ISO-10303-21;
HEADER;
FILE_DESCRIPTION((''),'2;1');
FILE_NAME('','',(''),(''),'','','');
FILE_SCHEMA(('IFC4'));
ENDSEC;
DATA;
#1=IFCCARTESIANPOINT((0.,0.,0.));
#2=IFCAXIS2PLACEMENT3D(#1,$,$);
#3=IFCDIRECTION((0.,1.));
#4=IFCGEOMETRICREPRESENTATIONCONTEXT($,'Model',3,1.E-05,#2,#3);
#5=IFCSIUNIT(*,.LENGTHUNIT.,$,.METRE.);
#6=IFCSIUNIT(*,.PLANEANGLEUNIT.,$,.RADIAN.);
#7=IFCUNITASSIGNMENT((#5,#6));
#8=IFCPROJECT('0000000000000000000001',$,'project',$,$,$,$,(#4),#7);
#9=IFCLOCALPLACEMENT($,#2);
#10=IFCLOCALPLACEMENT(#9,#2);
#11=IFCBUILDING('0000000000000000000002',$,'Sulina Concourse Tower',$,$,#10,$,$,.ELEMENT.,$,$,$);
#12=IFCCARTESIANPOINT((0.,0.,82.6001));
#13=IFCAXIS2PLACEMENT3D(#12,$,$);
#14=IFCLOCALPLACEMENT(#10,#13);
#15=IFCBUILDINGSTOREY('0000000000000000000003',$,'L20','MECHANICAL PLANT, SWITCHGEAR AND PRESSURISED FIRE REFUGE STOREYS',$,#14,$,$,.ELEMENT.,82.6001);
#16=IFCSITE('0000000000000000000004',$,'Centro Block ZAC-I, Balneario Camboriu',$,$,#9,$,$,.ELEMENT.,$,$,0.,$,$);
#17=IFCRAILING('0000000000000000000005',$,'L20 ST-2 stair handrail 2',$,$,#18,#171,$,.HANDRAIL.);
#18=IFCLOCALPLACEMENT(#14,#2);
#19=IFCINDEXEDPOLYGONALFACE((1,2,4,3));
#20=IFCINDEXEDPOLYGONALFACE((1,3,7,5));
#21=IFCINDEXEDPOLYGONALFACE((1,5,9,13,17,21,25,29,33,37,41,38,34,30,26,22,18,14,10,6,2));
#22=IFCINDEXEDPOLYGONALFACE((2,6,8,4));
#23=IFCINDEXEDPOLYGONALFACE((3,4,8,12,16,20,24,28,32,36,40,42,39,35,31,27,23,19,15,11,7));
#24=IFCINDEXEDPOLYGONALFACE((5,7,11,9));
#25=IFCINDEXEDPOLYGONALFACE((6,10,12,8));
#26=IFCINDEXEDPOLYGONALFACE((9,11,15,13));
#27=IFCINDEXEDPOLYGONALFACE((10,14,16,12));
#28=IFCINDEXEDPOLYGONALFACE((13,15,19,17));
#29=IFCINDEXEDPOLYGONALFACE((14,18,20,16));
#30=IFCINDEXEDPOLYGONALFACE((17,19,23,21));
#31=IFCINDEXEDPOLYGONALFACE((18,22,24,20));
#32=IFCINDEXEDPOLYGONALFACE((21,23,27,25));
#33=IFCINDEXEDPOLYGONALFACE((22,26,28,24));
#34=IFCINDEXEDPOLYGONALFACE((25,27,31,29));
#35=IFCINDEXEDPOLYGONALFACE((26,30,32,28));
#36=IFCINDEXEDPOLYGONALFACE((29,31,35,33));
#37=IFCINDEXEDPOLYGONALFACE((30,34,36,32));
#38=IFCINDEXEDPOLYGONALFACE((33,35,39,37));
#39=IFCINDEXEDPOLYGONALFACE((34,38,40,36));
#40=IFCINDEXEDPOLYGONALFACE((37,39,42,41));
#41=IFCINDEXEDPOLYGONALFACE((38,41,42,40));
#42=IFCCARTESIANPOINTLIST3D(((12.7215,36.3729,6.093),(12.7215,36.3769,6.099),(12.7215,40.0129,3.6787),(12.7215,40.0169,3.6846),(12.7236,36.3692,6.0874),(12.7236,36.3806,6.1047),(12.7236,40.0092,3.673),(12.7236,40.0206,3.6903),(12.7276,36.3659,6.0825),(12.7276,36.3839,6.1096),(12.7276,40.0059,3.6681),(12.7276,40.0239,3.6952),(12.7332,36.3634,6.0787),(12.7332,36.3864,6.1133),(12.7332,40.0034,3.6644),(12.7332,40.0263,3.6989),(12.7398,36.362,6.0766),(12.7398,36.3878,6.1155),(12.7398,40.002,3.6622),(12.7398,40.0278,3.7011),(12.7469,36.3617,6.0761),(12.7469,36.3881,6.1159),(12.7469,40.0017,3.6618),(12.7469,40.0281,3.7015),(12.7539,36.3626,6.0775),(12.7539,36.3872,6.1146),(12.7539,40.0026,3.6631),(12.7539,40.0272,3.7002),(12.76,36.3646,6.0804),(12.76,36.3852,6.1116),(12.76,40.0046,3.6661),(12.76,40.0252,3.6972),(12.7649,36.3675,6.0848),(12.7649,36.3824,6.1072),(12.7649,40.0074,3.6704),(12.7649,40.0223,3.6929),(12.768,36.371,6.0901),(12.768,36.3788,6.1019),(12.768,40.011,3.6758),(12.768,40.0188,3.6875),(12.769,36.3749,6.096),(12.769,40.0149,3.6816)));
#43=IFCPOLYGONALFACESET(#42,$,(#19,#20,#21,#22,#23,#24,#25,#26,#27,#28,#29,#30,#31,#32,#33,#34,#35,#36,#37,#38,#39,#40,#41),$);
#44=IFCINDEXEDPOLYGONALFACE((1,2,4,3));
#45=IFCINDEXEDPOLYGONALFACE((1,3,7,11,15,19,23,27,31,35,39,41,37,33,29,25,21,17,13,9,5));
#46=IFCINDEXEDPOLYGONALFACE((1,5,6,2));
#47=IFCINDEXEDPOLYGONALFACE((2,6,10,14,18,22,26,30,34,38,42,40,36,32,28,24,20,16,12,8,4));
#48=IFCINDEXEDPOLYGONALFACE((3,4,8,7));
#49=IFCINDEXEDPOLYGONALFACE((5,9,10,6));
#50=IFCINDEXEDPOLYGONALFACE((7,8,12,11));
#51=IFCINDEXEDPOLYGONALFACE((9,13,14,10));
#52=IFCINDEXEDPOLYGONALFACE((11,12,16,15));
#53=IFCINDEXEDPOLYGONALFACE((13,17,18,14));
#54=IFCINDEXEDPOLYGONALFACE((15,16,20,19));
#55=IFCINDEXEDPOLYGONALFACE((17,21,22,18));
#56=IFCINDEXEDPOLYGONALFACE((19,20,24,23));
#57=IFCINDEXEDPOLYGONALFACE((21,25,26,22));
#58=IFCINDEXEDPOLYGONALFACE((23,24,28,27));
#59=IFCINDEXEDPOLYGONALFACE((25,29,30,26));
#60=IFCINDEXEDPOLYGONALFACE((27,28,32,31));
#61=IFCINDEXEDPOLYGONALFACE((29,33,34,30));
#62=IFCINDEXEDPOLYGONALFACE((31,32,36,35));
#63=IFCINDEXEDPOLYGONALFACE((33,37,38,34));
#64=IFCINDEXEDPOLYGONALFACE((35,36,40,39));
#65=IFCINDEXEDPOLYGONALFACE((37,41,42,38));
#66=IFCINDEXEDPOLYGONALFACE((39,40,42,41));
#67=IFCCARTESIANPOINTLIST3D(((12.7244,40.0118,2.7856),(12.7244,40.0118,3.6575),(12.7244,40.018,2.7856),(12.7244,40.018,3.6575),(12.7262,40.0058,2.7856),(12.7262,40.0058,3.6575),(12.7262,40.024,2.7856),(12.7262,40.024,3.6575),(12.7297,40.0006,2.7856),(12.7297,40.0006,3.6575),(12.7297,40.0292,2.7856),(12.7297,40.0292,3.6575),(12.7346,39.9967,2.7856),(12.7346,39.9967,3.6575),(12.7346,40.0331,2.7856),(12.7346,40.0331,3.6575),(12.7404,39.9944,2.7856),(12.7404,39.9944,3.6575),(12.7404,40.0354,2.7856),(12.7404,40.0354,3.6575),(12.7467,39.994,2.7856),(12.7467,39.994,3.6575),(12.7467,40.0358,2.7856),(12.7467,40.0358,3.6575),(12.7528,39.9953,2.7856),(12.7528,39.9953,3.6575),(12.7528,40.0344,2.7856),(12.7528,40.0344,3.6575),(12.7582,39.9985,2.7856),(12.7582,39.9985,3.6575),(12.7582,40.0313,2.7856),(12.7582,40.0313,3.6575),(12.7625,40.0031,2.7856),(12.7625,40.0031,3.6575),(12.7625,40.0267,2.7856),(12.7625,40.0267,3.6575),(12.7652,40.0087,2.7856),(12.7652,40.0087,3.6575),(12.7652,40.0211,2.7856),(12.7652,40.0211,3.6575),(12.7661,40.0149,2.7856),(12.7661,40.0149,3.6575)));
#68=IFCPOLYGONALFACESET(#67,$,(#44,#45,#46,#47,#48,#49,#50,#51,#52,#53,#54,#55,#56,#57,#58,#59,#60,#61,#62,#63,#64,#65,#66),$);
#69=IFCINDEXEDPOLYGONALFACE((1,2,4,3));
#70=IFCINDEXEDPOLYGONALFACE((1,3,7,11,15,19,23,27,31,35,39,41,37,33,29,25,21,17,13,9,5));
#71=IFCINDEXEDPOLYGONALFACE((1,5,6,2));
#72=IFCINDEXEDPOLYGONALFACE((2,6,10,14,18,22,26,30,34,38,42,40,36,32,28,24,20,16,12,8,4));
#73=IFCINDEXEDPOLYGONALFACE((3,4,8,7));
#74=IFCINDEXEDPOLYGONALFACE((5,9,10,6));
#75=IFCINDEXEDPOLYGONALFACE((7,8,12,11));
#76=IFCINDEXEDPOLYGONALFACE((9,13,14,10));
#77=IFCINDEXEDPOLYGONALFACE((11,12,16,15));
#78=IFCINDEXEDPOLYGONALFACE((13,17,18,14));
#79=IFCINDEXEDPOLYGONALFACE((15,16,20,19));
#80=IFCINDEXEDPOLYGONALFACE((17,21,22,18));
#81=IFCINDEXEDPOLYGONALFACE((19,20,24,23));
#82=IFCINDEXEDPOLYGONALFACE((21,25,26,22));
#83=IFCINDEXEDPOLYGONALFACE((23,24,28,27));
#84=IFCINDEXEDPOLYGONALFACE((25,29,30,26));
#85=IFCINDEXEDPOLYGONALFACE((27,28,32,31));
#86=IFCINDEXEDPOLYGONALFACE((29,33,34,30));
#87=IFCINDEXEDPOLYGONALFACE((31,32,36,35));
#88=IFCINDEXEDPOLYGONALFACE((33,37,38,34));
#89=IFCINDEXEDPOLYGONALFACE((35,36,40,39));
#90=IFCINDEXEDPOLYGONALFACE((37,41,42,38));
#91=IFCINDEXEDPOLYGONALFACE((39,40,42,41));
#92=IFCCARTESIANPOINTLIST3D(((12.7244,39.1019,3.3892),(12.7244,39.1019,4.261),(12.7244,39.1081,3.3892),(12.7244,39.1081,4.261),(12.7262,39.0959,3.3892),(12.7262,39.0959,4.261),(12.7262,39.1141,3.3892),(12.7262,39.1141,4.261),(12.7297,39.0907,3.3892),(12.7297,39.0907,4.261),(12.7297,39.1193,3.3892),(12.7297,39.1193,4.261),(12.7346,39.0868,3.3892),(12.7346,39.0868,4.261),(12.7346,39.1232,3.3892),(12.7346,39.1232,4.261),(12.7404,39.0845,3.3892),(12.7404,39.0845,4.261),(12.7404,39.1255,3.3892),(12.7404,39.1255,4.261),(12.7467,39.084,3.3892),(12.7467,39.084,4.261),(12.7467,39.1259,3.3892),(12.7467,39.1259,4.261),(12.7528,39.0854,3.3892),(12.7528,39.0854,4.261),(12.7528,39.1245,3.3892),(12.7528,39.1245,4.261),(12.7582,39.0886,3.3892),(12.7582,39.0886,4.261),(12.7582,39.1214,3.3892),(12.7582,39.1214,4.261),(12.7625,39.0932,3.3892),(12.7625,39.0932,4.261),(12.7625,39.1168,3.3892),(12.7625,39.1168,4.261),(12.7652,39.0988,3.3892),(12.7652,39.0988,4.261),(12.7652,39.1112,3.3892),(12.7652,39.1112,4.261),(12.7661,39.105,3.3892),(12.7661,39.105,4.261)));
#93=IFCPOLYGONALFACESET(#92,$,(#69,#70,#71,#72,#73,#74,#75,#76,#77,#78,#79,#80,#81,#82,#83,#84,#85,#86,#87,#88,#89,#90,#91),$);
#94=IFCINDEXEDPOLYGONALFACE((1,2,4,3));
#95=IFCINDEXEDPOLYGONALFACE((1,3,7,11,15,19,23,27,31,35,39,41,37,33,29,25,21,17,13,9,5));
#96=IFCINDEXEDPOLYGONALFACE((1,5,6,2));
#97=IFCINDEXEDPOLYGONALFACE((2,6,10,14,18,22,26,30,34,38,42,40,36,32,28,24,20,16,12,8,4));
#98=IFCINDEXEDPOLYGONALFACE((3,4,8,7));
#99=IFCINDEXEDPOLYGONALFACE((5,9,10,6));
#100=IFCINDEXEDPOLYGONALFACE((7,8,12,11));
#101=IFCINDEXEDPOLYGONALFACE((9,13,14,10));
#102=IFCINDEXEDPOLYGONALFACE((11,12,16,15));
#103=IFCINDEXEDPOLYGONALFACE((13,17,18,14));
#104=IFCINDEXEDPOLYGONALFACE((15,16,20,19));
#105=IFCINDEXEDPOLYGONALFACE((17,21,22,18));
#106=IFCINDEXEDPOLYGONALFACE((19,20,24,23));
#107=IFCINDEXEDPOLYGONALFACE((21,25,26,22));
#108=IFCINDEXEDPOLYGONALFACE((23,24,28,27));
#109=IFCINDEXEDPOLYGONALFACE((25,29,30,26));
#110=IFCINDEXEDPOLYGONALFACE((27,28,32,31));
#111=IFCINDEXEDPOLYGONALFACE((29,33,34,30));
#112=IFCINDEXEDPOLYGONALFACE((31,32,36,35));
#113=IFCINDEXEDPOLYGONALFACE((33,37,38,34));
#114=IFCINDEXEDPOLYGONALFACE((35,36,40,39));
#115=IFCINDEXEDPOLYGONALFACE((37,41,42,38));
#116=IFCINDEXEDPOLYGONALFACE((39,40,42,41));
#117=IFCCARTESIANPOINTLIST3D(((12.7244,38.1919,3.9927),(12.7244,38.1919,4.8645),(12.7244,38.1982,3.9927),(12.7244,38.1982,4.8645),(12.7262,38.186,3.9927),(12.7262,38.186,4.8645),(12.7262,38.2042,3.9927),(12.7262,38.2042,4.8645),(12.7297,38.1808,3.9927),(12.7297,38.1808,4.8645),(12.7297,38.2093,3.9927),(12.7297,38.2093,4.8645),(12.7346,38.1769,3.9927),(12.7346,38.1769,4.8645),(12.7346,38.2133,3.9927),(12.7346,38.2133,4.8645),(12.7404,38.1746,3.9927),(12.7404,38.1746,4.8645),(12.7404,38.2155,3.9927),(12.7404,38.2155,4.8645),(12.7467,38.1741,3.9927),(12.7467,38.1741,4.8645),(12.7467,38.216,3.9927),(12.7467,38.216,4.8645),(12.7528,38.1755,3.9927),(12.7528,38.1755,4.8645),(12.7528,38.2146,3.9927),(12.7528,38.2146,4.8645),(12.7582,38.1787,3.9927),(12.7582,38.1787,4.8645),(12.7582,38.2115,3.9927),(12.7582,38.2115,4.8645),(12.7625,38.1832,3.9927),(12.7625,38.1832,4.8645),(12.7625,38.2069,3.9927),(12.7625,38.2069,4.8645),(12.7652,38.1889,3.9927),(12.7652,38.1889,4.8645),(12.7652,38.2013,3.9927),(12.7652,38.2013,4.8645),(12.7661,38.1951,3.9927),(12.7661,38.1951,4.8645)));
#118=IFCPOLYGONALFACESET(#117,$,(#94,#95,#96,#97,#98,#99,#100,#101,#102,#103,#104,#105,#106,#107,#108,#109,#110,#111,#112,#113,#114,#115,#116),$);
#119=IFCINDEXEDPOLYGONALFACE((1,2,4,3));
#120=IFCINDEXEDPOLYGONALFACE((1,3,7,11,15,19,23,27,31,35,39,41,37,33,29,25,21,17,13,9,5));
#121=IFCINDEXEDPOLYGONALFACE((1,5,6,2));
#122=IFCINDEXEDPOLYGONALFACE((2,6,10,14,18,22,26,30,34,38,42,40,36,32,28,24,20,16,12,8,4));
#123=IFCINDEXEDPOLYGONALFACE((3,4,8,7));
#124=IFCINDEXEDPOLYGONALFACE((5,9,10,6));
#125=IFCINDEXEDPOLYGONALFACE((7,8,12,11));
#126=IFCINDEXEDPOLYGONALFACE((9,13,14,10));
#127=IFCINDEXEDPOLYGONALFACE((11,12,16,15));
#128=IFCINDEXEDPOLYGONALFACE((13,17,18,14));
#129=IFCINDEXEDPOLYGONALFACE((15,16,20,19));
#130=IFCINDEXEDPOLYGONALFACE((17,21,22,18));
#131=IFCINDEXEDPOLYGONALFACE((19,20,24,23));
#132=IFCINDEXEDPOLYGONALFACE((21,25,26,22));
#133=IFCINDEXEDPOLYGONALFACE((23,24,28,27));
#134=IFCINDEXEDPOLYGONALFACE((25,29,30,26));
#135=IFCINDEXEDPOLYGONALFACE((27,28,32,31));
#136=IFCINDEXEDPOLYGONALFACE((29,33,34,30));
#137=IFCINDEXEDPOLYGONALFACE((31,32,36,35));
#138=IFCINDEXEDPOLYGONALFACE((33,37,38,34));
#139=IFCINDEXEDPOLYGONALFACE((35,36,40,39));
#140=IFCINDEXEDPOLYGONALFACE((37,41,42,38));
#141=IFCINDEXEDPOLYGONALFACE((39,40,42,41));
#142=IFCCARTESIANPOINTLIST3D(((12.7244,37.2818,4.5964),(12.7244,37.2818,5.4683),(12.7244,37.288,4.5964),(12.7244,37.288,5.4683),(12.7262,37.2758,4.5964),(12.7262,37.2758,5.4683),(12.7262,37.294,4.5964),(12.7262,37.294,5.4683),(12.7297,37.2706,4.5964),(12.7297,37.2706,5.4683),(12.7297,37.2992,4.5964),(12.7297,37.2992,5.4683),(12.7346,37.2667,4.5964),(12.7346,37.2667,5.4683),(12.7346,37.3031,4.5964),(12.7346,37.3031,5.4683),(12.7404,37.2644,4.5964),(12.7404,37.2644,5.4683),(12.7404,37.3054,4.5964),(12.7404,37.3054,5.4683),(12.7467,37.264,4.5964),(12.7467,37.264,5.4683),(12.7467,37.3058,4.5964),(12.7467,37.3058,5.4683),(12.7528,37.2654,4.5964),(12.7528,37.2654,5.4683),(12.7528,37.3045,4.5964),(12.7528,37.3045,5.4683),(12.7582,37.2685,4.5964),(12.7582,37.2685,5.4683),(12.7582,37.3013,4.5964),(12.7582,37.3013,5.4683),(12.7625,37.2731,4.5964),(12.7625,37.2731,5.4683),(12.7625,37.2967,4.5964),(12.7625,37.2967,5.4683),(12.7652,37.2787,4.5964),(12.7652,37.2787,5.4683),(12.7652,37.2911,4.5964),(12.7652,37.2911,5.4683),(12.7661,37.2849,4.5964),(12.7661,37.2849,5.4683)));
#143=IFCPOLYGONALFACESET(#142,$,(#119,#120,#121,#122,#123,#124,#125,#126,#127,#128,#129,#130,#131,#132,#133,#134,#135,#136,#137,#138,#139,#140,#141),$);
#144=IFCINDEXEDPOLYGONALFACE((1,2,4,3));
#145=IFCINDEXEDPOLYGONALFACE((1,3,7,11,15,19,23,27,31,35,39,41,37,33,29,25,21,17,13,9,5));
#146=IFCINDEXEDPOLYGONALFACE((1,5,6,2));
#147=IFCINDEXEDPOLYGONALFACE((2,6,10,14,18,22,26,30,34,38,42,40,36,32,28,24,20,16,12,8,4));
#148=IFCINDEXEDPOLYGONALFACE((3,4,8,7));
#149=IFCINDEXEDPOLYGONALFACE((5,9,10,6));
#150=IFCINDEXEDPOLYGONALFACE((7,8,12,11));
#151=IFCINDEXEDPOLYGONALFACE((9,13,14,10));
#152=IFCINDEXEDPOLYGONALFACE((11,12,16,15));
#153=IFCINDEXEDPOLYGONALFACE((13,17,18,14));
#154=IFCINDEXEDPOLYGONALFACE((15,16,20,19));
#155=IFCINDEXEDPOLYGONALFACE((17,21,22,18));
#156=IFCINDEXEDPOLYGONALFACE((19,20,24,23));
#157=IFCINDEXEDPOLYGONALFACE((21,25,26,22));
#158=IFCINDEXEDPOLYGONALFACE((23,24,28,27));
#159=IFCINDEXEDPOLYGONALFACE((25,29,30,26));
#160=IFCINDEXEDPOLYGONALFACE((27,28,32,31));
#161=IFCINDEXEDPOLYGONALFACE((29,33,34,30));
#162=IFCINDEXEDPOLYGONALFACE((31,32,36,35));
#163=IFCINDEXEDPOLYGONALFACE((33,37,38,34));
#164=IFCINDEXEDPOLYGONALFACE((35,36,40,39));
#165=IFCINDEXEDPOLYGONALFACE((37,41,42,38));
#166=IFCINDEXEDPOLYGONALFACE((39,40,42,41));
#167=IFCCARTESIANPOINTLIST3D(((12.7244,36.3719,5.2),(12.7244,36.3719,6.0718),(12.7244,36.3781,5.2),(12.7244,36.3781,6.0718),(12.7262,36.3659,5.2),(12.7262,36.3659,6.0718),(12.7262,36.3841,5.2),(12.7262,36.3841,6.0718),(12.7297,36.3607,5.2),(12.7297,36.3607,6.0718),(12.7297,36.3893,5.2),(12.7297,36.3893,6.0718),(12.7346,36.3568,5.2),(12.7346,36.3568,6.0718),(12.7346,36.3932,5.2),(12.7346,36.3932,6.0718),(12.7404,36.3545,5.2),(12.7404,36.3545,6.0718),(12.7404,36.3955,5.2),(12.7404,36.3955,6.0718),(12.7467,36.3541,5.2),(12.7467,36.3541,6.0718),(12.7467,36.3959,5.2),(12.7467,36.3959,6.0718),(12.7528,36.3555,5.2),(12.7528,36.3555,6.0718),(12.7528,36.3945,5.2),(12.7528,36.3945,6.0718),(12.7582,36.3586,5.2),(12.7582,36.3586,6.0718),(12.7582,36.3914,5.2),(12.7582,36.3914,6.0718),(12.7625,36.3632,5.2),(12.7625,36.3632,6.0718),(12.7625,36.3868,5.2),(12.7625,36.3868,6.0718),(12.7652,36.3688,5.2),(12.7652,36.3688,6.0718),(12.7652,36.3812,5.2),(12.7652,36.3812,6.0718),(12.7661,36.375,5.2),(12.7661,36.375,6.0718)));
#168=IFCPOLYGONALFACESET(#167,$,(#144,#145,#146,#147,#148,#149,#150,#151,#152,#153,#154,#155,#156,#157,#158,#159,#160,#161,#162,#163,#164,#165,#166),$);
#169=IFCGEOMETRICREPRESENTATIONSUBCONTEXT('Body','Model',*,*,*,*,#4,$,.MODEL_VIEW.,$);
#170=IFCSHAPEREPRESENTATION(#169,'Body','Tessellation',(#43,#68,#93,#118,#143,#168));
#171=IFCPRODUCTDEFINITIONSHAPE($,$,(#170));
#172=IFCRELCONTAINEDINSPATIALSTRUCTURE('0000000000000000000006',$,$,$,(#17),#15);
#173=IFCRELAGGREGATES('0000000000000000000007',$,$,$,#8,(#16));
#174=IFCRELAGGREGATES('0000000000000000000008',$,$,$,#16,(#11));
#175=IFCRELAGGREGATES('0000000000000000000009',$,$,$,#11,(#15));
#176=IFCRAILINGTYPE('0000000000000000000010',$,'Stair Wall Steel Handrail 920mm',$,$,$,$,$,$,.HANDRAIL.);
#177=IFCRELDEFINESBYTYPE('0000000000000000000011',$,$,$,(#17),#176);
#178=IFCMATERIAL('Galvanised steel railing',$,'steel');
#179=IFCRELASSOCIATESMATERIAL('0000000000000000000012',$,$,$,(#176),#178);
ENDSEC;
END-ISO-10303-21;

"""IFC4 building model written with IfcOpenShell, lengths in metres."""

from ifc_helpers import new_model, si_unit, direction, frame, origin, origin_2d, place, context, subcontext, project, spatial, circle, extrude, material, type_object, element, save


model = new_model("IFC4")

# Units and contexts
model_context = context("Model", 3, precision=1e-05, world=origin(), true_north=direction((0.0, 1.0)))
body_context = subcontext(model_context, "Body", "Model", "MODEL_VIEW")
ifc_project = project(units=[si_unit("LENGTHUNIT", "METRE"), si_unit("PLANEANGLEUNIT", "RADIAN")], contexts=[model_context])

# Site, building, storey
site_placement = place(None, origin())
site = spatial("IfcSite", under=ifc_project, at=site_placement, Name="Centro Block ZAC-I, Balneario Camboriu", CompositionType="ELEMENT", RefElevation=0.0)
building_placement = place(site_placement, origin())
building = spatial("IfcBuilding", under=site, at=building_placement, Name="Sulina Concourse Tower", CompositionType="ELEMENT")
storey_placement = place(building_placement, frame((0.0, 0.0, 82.6001)))
storey = spatial("IfcBuildingStorey", under=building, at=storey_placement, Name="L20", Description="MECHANICAL PLANT, SWITCHGEAR AND PRESSURISED FIRE REFUGE STOREYS", CompositionType="ELEMENT", Elevation=82.6001)

# Railing
ifc_material_1 = material(Name="Galvanised steel railing", Category="steel")
railing_type_1 = type_object("IfcRailingType", Name="Stair Wall Steel Handrail 920mm", PredefinedType="HANDRAIL", material=ifc_material_1)
railing_1_placement = place(storey_placement, frame((12.7451, 40.0149, 2.7856)))
element("IfcRailing", 1, at=railing_1_placement, inside=storey, type_object=railing_type_1, Name="L20 ST-2 stair handrail 2", PredefinedType="HANDRAIL", context=body_context, shape_type="SweptSolid", body=[
    extrude(circle(Radius=0.0239, at=origin_2d()), frame((0.0, 0.0, 0.896), z_axis=(0.0, -0.833347, 0.552751), x_axis=(1.0, 0.0, 0.0)), (0.0, 0.0, 1.0), 4.3679),
    extrude(circle(Radius=0.021, at=origin_2d()), origin(), (0.0, 0.0, 1.0), 0.8718),
    extrude(circle(Radius=0.021, at=origin_2d()), frame((0.0, -0.9099, 0.6035)), (0.0, 0.0, 1.0), 0.8718),
    extrude(circle(Radius=0.021, at=origin_2d()), frame((0.0, -1.8198, 1.207)), (0.0, 0.0, 1.0), 0.8718),
    extrude(circle(Radius=0.021, at=origin_2d()), frame((0.0, -2.73, 1.8108)), (0.0, 0.0, 1.0), 0.8718),
    extrude(circle(Radius=0.021, at=origin_2d()), frame((0.0, -3.6399, 2.4143)), (0.0, 0.0, 1.0), 0.8718),
])

save(model, "model.ifc")
